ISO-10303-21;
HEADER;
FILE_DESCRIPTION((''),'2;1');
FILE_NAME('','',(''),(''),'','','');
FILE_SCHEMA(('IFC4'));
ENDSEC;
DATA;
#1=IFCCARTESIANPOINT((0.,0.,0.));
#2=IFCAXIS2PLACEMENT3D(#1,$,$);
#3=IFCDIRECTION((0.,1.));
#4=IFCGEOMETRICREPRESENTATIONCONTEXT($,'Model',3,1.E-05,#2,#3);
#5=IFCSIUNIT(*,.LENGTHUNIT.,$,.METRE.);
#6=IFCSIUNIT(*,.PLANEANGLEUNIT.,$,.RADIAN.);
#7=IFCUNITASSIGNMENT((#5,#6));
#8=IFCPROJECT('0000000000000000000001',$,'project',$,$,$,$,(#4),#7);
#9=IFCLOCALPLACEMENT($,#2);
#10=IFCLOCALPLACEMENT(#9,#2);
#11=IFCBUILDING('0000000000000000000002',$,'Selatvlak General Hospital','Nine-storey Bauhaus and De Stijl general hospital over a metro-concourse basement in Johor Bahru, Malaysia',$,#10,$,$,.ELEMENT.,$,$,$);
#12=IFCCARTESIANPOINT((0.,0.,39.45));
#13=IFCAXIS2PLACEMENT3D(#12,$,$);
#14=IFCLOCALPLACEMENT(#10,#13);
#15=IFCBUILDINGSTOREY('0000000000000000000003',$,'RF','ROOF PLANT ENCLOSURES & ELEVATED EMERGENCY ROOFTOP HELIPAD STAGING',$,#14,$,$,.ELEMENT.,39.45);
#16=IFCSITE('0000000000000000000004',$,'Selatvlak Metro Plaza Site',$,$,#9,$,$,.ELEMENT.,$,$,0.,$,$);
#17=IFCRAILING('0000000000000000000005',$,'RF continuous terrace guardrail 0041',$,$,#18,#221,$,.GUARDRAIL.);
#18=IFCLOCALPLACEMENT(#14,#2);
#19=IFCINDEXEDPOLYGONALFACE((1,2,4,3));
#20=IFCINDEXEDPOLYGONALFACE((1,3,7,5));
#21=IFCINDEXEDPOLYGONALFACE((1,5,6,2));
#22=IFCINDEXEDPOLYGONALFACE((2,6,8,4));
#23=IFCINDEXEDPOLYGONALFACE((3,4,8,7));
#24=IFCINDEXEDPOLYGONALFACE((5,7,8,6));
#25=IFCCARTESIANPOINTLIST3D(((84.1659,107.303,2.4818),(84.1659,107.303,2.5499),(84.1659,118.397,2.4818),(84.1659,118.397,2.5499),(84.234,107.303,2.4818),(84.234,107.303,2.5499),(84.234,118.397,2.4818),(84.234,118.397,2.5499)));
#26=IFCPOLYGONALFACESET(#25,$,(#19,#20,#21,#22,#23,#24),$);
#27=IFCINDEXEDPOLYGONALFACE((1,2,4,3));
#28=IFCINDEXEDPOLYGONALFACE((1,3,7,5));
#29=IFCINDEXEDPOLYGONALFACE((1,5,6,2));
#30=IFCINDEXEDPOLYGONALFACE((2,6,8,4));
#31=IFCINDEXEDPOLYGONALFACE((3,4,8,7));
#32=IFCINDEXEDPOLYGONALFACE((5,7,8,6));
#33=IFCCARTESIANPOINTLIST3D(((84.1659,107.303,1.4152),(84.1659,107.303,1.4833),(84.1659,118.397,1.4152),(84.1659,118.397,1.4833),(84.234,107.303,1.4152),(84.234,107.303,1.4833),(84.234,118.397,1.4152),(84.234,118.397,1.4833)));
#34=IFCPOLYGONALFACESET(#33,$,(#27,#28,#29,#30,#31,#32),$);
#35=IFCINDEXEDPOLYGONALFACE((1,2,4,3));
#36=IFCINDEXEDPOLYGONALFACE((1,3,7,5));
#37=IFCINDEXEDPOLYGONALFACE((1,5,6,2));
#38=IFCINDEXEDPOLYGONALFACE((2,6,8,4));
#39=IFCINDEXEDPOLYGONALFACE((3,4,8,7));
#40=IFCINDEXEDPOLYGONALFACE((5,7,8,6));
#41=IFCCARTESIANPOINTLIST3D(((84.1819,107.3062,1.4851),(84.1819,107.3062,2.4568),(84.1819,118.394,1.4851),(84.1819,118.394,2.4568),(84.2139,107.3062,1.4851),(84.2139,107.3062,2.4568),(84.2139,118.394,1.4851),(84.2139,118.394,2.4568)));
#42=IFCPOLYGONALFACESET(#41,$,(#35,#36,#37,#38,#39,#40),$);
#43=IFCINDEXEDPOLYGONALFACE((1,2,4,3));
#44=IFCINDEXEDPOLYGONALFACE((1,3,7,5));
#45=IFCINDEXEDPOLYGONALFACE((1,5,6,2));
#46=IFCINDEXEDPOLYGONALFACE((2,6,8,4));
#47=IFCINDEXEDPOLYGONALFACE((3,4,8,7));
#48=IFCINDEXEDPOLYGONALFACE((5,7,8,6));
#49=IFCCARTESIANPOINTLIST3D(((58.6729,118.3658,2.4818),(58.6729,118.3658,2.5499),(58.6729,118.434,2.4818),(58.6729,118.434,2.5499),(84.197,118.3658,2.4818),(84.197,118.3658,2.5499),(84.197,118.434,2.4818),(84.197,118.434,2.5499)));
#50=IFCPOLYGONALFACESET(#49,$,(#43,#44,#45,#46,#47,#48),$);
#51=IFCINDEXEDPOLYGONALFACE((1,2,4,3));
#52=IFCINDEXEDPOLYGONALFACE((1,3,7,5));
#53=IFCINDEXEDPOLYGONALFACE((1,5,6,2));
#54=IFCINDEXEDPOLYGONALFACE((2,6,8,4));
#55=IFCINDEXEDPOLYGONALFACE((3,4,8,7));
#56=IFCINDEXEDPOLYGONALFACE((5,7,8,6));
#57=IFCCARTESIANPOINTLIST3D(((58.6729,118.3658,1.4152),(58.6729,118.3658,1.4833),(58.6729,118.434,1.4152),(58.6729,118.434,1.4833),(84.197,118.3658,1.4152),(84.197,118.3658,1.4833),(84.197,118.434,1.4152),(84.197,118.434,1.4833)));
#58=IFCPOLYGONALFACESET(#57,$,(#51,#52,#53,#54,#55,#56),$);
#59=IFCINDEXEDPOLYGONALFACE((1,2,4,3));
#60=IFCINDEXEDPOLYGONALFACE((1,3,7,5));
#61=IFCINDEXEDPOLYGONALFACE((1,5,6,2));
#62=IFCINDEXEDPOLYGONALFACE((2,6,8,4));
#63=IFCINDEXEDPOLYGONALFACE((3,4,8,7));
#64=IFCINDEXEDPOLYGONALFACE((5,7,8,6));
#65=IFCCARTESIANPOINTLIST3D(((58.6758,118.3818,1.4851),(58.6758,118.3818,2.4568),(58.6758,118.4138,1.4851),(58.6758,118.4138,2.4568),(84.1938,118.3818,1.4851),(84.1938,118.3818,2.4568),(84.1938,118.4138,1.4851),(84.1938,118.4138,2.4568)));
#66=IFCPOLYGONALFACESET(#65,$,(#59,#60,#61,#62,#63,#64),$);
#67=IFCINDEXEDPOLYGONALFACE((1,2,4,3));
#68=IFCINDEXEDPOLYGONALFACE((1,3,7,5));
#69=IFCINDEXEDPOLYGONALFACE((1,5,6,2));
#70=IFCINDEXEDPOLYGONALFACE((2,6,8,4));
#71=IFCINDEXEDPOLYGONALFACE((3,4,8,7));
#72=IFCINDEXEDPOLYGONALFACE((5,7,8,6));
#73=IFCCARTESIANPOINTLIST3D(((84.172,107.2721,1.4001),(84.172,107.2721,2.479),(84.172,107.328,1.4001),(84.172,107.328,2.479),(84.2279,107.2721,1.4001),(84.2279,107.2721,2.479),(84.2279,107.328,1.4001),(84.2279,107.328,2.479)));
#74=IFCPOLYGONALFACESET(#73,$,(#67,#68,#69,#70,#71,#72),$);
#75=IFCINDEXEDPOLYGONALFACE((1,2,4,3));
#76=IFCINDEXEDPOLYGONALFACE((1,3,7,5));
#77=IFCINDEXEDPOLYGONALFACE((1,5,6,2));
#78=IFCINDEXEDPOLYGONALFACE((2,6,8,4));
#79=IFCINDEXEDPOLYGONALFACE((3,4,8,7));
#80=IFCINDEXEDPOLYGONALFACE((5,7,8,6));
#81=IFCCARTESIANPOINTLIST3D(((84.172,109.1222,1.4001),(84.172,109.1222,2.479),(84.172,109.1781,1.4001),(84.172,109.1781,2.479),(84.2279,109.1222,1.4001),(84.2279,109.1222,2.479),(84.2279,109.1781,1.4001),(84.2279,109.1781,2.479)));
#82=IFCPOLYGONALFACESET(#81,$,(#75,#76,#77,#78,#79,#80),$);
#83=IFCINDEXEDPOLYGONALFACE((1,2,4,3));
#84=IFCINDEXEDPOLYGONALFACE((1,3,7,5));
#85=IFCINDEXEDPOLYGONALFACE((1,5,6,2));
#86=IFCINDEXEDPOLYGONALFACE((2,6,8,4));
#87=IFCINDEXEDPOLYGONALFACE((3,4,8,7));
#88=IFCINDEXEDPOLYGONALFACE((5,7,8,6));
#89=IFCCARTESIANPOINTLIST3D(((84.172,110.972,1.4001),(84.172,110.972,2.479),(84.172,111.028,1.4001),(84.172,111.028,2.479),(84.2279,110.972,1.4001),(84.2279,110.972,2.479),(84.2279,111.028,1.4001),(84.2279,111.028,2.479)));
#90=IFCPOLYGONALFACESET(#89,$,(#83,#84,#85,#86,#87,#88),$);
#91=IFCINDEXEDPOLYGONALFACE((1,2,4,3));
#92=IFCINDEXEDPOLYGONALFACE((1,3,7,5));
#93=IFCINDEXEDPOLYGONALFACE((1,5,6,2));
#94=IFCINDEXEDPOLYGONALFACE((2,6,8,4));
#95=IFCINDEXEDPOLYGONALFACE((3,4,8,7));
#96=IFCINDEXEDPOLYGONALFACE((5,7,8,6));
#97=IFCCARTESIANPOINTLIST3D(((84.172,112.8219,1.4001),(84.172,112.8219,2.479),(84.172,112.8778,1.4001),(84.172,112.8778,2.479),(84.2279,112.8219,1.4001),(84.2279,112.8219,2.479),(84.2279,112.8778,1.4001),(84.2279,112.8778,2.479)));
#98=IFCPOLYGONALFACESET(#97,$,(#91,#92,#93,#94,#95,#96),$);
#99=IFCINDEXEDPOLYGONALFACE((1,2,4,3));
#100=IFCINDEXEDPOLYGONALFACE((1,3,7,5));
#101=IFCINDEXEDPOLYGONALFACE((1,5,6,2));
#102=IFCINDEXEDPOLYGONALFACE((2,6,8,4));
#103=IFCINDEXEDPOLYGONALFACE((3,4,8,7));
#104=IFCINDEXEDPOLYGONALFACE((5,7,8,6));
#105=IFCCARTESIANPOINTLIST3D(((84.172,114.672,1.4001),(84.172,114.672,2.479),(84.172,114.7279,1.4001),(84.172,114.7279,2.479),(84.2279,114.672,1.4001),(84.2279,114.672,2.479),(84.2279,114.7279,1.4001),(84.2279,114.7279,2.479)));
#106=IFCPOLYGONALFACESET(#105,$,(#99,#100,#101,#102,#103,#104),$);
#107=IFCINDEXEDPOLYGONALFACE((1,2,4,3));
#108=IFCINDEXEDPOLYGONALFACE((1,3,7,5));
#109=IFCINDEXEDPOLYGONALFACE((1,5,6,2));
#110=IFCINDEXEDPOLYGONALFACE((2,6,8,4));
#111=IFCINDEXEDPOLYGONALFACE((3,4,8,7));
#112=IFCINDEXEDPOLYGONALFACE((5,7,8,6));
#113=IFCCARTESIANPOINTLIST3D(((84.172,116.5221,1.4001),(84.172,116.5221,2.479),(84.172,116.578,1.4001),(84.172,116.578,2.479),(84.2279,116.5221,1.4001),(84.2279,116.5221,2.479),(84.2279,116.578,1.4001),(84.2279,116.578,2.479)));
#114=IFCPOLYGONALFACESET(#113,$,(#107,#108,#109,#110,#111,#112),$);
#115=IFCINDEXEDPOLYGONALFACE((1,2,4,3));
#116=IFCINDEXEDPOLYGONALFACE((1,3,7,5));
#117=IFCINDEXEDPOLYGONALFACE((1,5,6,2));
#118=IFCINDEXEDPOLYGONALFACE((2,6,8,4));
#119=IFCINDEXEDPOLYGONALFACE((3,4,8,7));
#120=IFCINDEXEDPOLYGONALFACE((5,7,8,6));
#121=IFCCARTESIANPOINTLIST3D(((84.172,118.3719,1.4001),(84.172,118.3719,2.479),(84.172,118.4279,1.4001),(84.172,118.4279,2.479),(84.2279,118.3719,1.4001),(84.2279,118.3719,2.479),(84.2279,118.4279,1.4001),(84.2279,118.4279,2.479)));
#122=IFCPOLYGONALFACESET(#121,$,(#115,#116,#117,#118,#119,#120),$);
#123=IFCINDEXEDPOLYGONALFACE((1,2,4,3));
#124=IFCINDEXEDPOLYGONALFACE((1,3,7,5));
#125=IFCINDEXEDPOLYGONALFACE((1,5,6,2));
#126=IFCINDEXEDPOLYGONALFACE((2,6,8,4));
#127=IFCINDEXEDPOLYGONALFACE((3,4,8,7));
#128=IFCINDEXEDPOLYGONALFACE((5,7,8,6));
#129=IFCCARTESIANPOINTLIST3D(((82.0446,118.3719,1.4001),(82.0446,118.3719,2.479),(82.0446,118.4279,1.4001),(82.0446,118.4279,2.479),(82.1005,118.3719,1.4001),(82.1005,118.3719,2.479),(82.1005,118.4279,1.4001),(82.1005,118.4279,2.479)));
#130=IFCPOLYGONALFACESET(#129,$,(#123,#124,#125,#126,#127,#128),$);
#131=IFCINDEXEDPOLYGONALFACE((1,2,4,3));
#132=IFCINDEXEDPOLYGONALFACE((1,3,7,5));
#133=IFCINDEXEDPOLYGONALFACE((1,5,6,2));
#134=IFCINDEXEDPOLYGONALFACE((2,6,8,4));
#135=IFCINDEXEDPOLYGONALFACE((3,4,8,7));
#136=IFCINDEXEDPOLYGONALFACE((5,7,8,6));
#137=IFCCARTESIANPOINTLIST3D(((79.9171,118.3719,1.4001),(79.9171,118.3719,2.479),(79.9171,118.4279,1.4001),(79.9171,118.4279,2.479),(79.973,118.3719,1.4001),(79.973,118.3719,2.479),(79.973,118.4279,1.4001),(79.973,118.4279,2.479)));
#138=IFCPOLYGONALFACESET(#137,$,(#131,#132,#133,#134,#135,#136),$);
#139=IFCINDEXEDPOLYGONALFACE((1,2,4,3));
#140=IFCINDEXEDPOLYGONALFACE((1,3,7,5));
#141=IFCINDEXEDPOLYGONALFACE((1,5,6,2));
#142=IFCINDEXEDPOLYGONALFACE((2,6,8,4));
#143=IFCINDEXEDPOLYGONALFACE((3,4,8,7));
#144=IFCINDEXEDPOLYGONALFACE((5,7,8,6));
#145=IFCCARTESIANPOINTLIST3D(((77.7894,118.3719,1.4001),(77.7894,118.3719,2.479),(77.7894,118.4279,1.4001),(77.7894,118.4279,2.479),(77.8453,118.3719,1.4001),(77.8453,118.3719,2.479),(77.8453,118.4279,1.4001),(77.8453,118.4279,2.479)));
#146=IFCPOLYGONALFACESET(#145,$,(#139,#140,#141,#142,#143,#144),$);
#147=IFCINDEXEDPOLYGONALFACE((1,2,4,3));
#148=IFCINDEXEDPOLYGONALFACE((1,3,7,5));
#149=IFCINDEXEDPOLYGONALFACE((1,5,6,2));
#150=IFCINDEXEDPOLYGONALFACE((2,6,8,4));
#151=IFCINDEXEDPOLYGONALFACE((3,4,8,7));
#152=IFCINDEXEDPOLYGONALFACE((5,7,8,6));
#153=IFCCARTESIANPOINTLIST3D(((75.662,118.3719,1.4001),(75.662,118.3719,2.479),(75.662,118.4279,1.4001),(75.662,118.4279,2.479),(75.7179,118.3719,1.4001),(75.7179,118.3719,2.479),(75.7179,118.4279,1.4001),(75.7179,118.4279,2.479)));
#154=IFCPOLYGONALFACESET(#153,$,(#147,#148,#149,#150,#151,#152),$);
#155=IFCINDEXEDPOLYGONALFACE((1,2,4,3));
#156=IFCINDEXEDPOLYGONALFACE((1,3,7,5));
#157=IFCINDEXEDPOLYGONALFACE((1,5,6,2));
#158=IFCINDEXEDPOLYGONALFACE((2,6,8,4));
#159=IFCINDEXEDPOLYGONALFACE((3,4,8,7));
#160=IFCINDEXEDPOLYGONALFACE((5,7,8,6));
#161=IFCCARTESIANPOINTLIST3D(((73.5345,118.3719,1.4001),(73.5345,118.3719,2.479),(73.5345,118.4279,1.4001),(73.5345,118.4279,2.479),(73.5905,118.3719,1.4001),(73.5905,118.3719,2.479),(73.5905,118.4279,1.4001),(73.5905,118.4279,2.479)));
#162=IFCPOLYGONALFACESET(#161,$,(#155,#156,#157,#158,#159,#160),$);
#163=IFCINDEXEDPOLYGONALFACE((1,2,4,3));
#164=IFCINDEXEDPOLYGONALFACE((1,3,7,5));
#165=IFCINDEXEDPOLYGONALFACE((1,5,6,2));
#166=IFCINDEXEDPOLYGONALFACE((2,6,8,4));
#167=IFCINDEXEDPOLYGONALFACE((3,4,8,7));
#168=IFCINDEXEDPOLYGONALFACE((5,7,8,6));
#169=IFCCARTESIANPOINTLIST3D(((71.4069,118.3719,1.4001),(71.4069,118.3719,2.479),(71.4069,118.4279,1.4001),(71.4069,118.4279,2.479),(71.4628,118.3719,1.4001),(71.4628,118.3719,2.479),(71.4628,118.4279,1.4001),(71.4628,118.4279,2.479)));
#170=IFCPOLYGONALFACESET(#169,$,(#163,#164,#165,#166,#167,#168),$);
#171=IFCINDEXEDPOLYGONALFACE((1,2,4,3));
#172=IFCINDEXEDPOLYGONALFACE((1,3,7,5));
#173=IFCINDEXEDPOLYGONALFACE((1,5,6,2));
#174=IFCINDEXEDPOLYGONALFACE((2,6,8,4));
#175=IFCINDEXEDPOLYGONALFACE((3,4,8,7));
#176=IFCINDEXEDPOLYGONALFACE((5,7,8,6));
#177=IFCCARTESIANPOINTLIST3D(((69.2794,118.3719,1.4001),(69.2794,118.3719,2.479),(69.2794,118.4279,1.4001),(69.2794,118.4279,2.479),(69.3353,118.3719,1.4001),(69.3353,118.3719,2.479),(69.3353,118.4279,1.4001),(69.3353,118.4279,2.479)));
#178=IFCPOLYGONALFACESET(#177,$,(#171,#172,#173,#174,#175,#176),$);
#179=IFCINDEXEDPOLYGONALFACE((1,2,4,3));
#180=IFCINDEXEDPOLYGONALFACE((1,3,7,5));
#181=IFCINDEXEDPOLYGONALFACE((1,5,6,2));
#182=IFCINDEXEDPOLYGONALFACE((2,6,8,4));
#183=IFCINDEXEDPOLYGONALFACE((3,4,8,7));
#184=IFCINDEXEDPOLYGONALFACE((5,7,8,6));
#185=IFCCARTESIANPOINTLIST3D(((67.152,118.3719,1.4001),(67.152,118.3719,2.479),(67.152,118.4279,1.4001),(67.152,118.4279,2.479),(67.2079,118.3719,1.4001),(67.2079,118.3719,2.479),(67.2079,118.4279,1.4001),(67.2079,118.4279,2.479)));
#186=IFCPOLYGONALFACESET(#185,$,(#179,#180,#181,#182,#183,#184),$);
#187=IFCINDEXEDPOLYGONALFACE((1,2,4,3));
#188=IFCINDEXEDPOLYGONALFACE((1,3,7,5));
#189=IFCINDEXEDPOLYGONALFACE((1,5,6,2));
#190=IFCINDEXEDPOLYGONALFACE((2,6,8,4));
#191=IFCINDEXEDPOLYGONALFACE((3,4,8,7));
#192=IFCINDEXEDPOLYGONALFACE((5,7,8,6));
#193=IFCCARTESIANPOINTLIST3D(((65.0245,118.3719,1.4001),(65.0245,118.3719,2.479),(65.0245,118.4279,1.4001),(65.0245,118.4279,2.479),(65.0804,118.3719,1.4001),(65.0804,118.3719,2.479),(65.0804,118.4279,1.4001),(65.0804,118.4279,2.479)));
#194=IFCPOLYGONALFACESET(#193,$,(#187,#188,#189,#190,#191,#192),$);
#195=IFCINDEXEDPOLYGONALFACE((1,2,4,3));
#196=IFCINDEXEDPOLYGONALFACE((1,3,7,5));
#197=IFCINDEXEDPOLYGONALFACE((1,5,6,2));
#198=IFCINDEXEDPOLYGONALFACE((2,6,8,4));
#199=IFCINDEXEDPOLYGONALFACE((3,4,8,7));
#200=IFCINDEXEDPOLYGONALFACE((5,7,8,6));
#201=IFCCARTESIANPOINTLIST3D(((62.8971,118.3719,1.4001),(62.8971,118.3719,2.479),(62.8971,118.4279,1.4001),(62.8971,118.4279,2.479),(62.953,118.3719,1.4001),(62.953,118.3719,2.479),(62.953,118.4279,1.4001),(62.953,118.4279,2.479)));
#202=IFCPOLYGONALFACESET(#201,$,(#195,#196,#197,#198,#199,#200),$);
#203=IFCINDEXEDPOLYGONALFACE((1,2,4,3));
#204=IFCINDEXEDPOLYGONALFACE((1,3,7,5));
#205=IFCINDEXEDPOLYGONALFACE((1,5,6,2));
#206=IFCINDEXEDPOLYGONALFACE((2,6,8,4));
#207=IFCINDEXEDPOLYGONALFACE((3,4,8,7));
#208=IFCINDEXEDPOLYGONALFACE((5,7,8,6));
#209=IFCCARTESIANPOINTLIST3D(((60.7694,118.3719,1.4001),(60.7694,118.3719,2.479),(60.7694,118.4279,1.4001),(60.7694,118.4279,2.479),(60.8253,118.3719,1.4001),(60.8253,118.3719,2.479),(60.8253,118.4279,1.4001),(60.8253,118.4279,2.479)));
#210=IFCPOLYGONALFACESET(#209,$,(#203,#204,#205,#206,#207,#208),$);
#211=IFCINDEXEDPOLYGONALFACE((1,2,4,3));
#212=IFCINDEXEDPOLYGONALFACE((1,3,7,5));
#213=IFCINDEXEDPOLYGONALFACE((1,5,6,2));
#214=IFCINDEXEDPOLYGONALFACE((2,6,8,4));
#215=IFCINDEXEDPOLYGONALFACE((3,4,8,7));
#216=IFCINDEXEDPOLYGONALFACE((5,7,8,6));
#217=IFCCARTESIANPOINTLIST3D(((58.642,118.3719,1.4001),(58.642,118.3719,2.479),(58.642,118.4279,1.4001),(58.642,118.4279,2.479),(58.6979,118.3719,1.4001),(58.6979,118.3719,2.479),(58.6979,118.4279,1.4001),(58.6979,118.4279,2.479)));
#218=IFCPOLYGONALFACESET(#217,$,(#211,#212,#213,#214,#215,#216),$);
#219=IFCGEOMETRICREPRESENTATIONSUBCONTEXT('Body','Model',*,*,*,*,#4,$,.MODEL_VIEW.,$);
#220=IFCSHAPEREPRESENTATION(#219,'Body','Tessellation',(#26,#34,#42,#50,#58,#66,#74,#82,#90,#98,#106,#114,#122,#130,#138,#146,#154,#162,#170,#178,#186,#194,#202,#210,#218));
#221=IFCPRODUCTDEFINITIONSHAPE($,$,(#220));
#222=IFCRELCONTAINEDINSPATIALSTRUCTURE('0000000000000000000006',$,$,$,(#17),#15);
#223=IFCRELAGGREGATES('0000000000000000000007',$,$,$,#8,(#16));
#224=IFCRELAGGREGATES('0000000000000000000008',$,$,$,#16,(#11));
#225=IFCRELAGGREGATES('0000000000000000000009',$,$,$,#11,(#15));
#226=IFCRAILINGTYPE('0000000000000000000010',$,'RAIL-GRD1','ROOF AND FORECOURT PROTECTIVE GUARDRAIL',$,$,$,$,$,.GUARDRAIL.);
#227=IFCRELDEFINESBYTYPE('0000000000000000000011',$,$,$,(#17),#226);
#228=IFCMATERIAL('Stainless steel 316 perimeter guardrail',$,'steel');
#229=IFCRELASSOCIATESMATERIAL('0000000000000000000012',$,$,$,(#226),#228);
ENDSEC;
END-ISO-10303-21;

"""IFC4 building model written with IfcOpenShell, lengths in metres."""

from ifc_helpers import new_model, si_unit, direction, frame, origin, origin_2d, place, context, subcontext, project, spatial, polyline, rectangle, outline, extrude, material, type_object, element, save


model = new_model("IFC4")

# Units and contexts
model_context = context("Model", 3, precision=1e-05, world=origin(), true_north=direction((0.0, 1.0)))
body_context = subcontext(model_context, "Body", "Model", "MODEL_VIEW")
ifc_project = project(units=[si_unit("LENGTHUNIT", "METRE"), si_unit("PLANEANGLEUNIT", "RADIAN")], contexts=[model_context])

# Site, building, storey
site_placement = place(None, origin())
site = spatial("IfcSite", under=ifc_project, at=site_placement, Name="Selatvlak Metro Plaza Site", CompositionType="ELEMENT", RefElevation=0.0)
building_placement = place(site_placement, origin())
building = spatial("IfcBuilding", under=site, at=building_placement, Name="Selatvlak General Hospital", Description="Nine-storey Bauhaus and De Stijl general hospital over a metro-concourse basement in Johor Bahru, Malaysia", CompositionType="ELEMENT")
storey_placement = place(building_placement, frame((0.0, 0.0, 39.45)))
storey = spatial("IfcBuildingStorey", under=building, at=storey_placement, Name="RF", Description="ROOF PLANT ENCLOSURES & ELEVATED EMERGENCY ROOFTOP HELIPAD STAGING", CompositionType="ELEMENT", Elevation=39.45)

# Railing
ifc_material_1 = material(Name="Stainless steel 316 perimeter guardrail", Category="steel")
railing_type_1 = type_object("IfcRailingType", Name="RAIL-GRD1", Description="ROOF AND FORECOURT PROTECTIVE GUARDRAIL", PredefinedType="GUARDRAIL", material=ifc_material_1)
railing_1_placement = place(storey_placement, frame((84.2, 107.3, 1.4001)))
element("IfcRailing", 1, at=railing_1_placement, inside=storey, type_object=railing_type_1, Name="RF continuous terrace guardrail 0041", PredefinedType="GUARDRAIL", context=body_context, shape_type="SweptSolid", body=[
    extrude(rectangle(XDim=0.0681, YDim=0.0681, at=origin_2d()), frame((0.0, 0.0029, 1.1157), z_axis=(0.0, 1.0, 0.0), x_axis=(-1.0, 0.0, 0.0)), (0.0, 0.0, 1.0), 11.094),
    extrude(rectangle(XDim=0.0681, YDim=0.0681, at=origin_2d()), frame((0.0, 0.0029, 0.0491), z_axis=(0.0, 1.0, 0.0), x_axis=(-1.0, 0.0, 0.0)), (0.0, 0.0, 1.0), 11.094),
    extrude(outline(polyline([(0.0, 0.0), (11.0879, 0.0), (11.0879, 0.9717), (0.0, 0.9717), (0.0, 0.0)])), frame((-0.0181, 0.0061, 0.085), z_axis=(1.0, 0.0, 0.0), x_axis=(0.0, 1.0, 0.0)), (0.0, 0.0, 1.0), 0.032),
    extrude(rectangle(XDim=0.0681, YDim=0.0681, at=origin_2d()), frame((-0.0029, 11.0999, 1.1157), z_axis=(-1.0, 0.0, 0.0), x_axis=(0.0, -1.0, 0.0)), (0.0, 0.0, 1.0), 25.5242),
    extrude(rectangle(XDim=0.0681, YDim=0.0681, at=origin_2d()), frame((-0.0029, 11.0999, 0.0491), z_axis=(-1.0, 0.0, 0.0), x_axis=(0.0, -1.0, 0.0)), (0.0, 0.0, 1.0), 25.5242),
    extrude(outline(polyline([(0.0, 0.0), (25.5181, 0.0), (25.5181, 0.9717), (0.0, 0.9717), (0.0, 0.0)])), frame((-0.0061, 11.0818, 0.085), z_axis=(0.0, 1.0, 0.0), x_axis=(-1.0, 0.0, 0.0)), (0.0, 0.0, 1.0), 0.032),
    extrude(rectangle(XDim=0.0559, YDim=0.0559, at=origin_2d()), origin(), (0.0, 0.0, 1.0), 1.0789),
    extrude(rectangle(XDim=0.0559, YDim=0.0559, at=origin_2d()), frame((0.0, 1.8501, 0.0)), (0.0, 0.0, 1.0), 1.0789),
    extrude(rectangle(XDim=0.0559, YDim=0.0559, at=origin_2d()), frame((0.0, 3.7, 0.0)), (0.0, 0.0, 1.0), 1.0789),
    extrude(rectangle(XDim=0.0559, YDim=0.0559, at=origin_2d()), frame((0.0, 5.5498, 0.0)), (0.0, 0.0, 1.0), 1.0789),
    extrude(rectangle(XDim=0.0559, YDim=0.0559, at=origin_2d()), frame((0.0, 7.3999, 0.0)), (0.0, 0.0, 1.0), 1.0789),
    extrude(rectangle(XDim=0.0559, YDim=0.0559, at=origin_2d()), frame((0.0, 9.25, 0.0)), (0.0, 0.0, 1.0), 1.0789),
    extrude(rectangle(XDim=0.0559, YDim=0.0559, at=origin_2d()), frame((0.0, 11.0999, 0.0)), (0.0, 0.0, 1.0), 1.0789),
    extrude(rectangle(XDim=0.0559, YDim=0.0559, at=origin_2d()), frame((-2.1274, 11.0999, 0.0)), (0.0, 0.0, 1.0), 1.0789),
    extrude(rectangle(XDim=0.0559, YDim=0.0559, at=origin_2d()), frame((-4.2549, 11.0999, 0.0)), (0.0, 0.0, 1.0), 1.0789),
    extrude(rectangle(XDim=0.0559, YDim=0.0559, at=origin_2d()), frame((-6.3826, 11.0999, 0.0)), (0.0, 0.0, 1.0), 1.0789),
    extrude(rectangle(XDim=0.0559, YDim=0.0559, at=origin_2d()), frame((-8.51, 11.0999, 0.0)), (0.0, 0.0, 1.0), 1.0789),
    extrude(rectangle(XDim=0.0559, YDim=0.0559, at=origin_2d()), frame((-10.6375, 11.0999, 0.0)), (0.0, 0.0, 1.0), 1.0789),
    extrude(rectangle(XDim=0.0559, YDim=0.0559, at=origin_2d()), frame((-12.7651, 11.0999, 0.0)), (0.0, 0.0, 1.0), 1.0789),
    extrude(rectangle(XDim=0.0559, YDim=0.0559, at=origin_2d()), frame((-14.8926, 11.0999, 0.0)), (0.0, 0.0, 1.0), 1.0789),
    extrude(rectangle(XDim=0.0559, YDim=0.0559, at=origin_2d()), frame((-17.02, 11.0999, 0.0)), (0.0, 0.0, 1.0), 1.0789),
    extrude(rectangle(XDim=0.0559, YDim=0.0559, at=origin_2d()), frame((-19.1475, 11.0999, 0.0)), (0.0, 0.0, 1.0), 1.0789),
    extrude(rectangle(XDim=0.0559, YDim=0.0559, at=origin_2d()), frame((-21.2749, 11.0999, 0.0)), (0.0, 0.0, 1.0), 1.0789),
    extrude(rectangle(XDim=0.0559, YDim=0.0559, at=origin_2d()), frame((-23.4026, 11.0999, 0.0)), (0.0, 0.0, 1.0), 1.0789),
    extrude(rectangle(XDim=0.0559, YDim=0.0559, at=origin_2d()), frame((-25.53, 11.0999, 0.0)), (0.0, 0.0, 1.0), 1.0789),
])

save(model, "model.ifc")
